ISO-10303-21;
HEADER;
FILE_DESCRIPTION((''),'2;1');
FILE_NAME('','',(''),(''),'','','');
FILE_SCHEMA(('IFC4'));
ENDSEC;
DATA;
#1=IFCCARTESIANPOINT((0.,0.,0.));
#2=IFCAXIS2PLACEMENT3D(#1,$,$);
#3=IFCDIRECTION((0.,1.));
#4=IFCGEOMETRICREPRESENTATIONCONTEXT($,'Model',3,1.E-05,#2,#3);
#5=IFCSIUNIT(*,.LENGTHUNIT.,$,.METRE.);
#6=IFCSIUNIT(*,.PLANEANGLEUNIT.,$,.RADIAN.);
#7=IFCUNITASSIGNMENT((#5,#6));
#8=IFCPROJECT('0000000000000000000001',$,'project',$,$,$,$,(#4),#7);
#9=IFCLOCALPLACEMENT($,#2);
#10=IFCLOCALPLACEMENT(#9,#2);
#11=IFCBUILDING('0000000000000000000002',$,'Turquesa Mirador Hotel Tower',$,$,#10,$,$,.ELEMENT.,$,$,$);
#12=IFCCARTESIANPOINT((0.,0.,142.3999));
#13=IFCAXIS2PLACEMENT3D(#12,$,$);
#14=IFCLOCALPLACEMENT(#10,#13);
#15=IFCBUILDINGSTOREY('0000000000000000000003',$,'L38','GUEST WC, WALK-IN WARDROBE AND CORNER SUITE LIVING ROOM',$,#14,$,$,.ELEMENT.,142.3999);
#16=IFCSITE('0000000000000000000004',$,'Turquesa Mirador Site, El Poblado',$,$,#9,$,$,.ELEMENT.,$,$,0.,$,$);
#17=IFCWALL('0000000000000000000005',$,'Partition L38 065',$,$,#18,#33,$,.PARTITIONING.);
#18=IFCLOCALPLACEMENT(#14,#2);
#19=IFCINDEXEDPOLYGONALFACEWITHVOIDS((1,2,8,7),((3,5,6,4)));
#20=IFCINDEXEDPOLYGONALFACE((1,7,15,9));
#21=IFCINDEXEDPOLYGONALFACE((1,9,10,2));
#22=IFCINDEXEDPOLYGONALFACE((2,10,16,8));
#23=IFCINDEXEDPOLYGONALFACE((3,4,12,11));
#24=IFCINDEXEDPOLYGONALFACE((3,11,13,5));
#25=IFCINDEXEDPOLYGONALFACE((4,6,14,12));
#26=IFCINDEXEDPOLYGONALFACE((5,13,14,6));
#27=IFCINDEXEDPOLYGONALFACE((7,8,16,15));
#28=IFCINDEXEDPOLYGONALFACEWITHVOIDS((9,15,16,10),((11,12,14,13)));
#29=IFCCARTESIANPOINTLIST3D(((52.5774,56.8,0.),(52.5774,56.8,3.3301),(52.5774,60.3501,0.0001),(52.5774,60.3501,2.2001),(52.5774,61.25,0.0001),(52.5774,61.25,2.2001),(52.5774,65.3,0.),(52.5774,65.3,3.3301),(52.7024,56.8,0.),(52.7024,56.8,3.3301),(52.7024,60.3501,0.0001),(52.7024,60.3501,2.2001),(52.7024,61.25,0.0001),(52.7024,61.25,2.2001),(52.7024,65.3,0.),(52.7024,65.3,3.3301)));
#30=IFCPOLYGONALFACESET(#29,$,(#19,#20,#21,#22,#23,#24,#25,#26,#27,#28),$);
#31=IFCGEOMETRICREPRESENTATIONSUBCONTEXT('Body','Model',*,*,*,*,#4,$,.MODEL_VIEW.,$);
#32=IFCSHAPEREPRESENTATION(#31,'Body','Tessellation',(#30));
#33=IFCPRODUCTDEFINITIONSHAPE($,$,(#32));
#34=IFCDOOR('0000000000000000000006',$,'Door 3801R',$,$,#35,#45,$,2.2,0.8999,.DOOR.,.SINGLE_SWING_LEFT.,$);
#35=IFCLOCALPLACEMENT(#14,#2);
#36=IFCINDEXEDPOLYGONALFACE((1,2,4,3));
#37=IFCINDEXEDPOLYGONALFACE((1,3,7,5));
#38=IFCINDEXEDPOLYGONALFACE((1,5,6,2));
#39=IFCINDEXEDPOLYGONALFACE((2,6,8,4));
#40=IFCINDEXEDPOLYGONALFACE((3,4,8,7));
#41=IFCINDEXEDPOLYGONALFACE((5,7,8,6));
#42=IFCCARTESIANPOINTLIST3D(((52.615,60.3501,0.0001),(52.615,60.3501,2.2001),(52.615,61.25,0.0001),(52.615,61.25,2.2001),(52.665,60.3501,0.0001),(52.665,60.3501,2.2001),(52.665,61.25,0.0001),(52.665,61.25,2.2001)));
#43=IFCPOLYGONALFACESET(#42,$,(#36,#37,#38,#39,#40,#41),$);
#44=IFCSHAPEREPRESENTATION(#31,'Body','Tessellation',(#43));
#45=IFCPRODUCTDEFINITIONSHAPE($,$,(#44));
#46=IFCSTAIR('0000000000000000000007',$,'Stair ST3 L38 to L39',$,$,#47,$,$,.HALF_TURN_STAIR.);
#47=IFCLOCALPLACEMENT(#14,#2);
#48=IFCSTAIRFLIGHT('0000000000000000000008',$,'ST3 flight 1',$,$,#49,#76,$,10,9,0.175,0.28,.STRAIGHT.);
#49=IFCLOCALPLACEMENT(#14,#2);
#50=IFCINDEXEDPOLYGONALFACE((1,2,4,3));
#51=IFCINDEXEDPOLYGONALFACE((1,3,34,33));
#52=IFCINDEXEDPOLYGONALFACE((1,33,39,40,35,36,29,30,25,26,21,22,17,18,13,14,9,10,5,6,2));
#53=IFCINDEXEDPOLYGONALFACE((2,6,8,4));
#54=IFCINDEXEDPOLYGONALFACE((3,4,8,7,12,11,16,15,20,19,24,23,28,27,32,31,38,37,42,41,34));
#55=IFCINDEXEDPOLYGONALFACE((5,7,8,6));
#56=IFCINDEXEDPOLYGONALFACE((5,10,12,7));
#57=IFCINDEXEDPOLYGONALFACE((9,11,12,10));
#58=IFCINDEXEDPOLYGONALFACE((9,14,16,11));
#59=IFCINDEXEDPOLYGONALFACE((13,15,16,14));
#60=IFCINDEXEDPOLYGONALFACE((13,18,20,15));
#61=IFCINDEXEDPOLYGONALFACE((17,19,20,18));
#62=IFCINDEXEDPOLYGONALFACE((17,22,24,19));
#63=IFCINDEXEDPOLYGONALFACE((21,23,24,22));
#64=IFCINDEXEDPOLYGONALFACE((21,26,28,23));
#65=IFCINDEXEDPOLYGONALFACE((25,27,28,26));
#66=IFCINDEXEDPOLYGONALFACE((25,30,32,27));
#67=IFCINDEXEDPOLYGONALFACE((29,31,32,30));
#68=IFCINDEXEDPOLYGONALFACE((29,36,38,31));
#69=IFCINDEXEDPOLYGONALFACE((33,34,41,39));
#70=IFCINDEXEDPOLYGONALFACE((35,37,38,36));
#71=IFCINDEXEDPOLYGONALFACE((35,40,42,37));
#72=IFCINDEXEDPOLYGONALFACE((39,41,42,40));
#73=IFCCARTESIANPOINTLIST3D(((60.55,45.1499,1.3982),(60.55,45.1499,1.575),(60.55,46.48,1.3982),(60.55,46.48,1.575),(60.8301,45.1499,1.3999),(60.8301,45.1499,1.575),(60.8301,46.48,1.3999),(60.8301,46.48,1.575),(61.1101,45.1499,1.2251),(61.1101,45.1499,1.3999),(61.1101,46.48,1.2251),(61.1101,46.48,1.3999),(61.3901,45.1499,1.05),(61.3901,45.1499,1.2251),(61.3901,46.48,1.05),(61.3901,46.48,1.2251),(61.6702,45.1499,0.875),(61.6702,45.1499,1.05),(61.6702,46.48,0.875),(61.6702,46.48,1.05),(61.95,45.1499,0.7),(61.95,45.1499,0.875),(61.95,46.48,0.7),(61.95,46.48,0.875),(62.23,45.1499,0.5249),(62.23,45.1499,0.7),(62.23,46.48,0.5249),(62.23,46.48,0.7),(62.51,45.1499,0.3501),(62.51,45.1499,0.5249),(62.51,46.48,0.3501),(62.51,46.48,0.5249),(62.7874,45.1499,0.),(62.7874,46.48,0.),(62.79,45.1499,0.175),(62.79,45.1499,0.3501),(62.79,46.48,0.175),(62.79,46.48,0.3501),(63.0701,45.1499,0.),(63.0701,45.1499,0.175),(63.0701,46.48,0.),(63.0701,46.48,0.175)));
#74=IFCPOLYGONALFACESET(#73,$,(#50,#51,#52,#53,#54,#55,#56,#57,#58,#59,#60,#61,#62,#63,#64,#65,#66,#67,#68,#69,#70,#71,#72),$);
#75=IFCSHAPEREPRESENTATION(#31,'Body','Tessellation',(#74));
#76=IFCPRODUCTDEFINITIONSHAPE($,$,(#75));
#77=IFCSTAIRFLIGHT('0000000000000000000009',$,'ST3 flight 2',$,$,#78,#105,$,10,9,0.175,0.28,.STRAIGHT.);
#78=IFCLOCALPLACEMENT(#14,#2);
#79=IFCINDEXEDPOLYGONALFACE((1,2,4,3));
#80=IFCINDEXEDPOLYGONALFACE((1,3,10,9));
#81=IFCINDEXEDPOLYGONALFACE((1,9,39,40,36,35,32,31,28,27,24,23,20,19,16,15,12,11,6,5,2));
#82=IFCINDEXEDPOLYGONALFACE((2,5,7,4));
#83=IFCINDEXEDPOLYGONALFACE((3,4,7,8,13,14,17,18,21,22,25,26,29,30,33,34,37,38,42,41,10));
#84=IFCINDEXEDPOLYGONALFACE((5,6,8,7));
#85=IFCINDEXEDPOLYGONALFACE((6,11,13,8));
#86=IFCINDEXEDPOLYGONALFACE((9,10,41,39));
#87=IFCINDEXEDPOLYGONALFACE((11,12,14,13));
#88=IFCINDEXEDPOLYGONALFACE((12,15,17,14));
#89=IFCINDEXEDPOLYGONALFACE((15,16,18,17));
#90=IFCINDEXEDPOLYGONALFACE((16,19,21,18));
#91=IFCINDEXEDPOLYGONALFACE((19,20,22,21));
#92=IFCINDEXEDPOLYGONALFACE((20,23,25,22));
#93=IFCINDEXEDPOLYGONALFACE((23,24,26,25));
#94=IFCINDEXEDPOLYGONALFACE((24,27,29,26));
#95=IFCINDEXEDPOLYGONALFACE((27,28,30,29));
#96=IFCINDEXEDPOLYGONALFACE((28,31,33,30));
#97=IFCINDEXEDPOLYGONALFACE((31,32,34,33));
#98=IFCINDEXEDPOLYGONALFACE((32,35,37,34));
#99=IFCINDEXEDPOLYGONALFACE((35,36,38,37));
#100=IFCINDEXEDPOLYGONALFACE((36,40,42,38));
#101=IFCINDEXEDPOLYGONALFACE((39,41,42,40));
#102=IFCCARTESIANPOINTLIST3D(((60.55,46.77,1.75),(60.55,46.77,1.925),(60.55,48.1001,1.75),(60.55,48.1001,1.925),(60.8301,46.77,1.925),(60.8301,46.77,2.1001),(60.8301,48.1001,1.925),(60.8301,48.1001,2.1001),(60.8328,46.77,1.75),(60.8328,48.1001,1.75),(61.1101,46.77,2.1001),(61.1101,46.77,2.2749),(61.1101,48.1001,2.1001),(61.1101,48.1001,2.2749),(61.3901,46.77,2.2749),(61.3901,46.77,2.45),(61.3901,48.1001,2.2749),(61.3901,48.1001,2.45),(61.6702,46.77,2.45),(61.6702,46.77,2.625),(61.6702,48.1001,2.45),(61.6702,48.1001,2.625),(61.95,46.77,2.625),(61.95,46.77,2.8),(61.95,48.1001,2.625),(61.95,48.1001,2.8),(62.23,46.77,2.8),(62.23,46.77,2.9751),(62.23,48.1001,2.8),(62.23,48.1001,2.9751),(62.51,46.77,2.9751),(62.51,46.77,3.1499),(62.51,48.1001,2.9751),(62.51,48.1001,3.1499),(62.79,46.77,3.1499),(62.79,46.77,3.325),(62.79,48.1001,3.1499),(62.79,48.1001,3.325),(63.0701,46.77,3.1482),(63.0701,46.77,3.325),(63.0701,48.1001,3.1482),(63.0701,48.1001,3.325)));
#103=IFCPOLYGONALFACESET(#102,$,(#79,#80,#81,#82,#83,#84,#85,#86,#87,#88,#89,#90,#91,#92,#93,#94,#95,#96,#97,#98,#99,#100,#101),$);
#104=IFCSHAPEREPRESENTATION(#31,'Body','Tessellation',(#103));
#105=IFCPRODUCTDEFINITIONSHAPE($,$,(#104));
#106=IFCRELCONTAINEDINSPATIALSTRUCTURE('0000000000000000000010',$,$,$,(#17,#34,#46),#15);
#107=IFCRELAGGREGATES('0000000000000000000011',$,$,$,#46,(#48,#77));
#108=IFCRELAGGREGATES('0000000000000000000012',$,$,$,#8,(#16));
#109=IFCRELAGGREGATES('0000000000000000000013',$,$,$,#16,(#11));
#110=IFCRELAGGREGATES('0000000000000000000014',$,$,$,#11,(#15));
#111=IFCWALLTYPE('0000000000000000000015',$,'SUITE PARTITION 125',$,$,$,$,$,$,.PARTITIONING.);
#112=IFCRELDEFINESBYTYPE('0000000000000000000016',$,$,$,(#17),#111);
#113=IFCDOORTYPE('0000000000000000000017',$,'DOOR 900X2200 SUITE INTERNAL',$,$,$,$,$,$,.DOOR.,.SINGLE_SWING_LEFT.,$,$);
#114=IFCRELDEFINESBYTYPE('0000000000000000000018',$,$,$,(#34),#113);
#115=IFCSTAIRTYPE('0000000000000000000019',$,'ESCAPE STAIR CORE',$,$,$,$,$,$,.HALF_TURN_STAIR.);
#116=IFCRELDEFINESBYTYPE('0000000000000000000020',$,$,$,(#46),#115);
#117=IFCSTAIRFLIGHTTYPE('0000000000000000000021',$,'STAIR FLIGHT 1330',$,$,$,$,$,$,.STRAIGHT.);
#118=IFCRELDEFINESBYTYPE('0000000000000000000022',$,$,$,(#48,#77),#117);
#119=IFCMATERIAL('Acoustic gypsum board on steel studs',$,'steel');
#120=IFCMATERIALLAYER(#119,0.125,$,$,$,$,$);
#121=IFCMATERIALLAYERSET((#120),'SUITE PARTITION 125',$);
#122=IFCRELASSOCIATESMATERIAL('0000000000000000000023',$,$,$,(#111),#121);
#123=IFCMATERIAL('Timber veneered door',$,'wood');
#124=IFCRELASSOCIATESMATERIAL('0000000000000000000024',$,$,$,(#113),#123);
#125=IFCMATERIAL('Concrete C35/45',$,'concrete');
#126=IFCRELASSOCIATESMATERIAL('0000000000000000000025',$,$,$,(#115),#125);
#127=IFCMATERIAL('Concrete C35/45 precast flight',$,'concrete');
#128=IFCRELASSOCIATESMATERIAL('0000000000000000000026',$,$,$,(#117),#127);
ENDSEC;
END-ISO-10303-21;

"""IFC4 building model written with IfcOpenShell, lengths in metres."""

from ifc_helpers import new_model, si_unit, direction, frame, frame_2d, origin, place, context, subcontext, project, spatial, polyline, rectangle, outline, extrude, material, layer, layer_set, type_object, element, fill, aggregate, save


model = new_model("IFC4")

# Units and contexts
model_context = context("Model", 3, precision=1e-05, world=origin(), true_north=direction((0.0, 1.0)))
body_context = subcontext(model_context, "Body", "Model", "MODEL_VIEW")
ifc_project = project(units=[si_unit("LENGTHUNIT", "METRE"), si_unit("PLANEANGLEUNIT", "RADIAN")], contexts=[model_context])

# Site, building, storey
site_placement = place(None, origin())
site = spatial("IfcSite", under=ifc_project, at=site_placement, Name="Turquesa Mirador Site, El Poblado", CompositionType="ELEMENT", RefElevation=0.0)
building_placement = place(site_placement, origin())
building = spatial("IfcBuilding", under=site, at=building_placement, Name="Turquesa Mirador Hotel Tower", CompositionType="ELEMENT")
storey_placement = place(building_placement, frame((0.0, 0.0, 142.3999)))
storey = spatial("IfcBuildingStorey", under=building, at=storey_placement, Name="L38", Description="GUEST WC, WALK-IN WARDROBE AND CORNER SUITE LIVING ROOM", CompositionType="ELEMENT", Elevation=142.3999)

# Wall, opening, door
ifc_material_1 = material(Name="Acoustic gypsum board on steel studs", Category="steel")
ifc_layer_1 = layer(ifc_material_1, 0.125)
ifc_layer_set_1 = layer_set([ifc_layer_1], Name="SUITE PARTITION 125")
wall_type_1 = type_object("IfcWallType", Name="SUITE PARTITION 125", PredefinedType="PARTITIONING", material=ifc_layer_set_1)
wall_1_placement = place(storey_placement, frame((52.6399, 56.8, 0.0), z_axis=(0.0, 0.0, 1.0), x_axis=(0.0, 1.0, 0.0)))
wall_1 = element("IfcWall", 1, at=wall_1_placement, inside=storey, type_object=wall_type_1, Name="Partition L38 065", PredefinedType="PARTITIONING", context=body_context, shape_type="SweptSolid", body=[
    extrude(rectangle(XDim=8.5, YDim=0.125, at=frame_2d((4.25, 0.0))), origin(), (0.0, 0.0, 1.0), 3.3301),
])
opening_1_placement = place(wall_1_placement, frame((3.55, 0.0, 0.0)))
opening_1 = element("IfcOpeningElement", 2, at=opening_1_placement, cuts=wall_1, PredefinedType="OPENING", context=body_context, shape_type="SweptSolid", body=[
    extrude(rectangle(XDim=0.8999, YDim=2.2, at=frame_2d((0.45, 1.1001))), frame((0.0, 0.0725, 0.0), z_axis=(0.0, -1.0, 0.0), x_axis=(1.0, 0.0, 0.0)), (0.0, 0.0, 1.0), 0.145),
])
ifc_material_2 = material(Name="Timber veneered door", Category="wood")
door_type_1 = type_object("IfcDoorType", Name="DOOR 900X2200 SUITE INTERNAL", OperationType="SINGLE_SWING_LEFT", PredefinedType="DOOR", material=ifc_material_2)
door_1_placement = place(opening_1_placement, origin())
door_1 = element("IfcDoor", 3, at=door_1_placement, inside=storey, type_object=door_type_1, Name="Door 3801R", OperationType="SINGLE_SWING_LEFT", OverallHeight=2.2, OverallWidth=0.8999, PredefinedType="DOOR", context=body_context, shape_type="SweptSolid", body=[
    extrude(rectangle(XDim=0.8999, YDim=2.2, at=frame_2d((0.45, 1.1001))), frame((0.0, 0.0249, 0.0), z_axis=(0.0, -1.0, 0.0), x_axis=(1.0, 0.0, 0.0)), (0.0, 0.0, 1.0), 0.05),
])
fill(opening_1, door_1)

# Stair, stair flights
ifc_material_3 = material(Name="Concrete C35/45", Category="concrete")
stair_type = type_object("IfcStairType", Name="ESCAPE STAIR CORE", PredefinedType="HALF_TURN_STAIR", material=ifc_material_3)
stair_placement = place(storey_placement, origin())
stair = element("IfcStair", 4, at=stair_placement, inside=storey, type_object=stair_type, Name="Stair ST3 L38 to L39", PredefinedType="HALF_TURN_STAIR")
ifc_material_4 = material(Name="Concrete C35/45 precast flight", Category="concrete")
stair_flight_type = type_object("IfcStairFlightType", Name="STAIR FLIGHT 1330", PredefinedType="STRAIGHT", material=ifc_material_4)
stair_flight_1_placement = place(storey_placement, frame((63.0701, 45.8149, 0.0), z_axis=(0.0, 0.0, 1.0), x_axis=(-1.0, 0.0, 0.0)))
stair_flight_1 = element("IfcStairFlight", 5, at=stair_flight_1_placement, type_object=stair_flight_type, Name="ST3 flight 1", NumberOfRisers=10, NumberOfTreads=9, PredefinedType="STRAIGHT", RiserHeight=0.175, TreadLength=0.28, context=body_context, shape_type="SweptSolid", body=[
    extrude(outline(polyline([(0.0, 0.0), (0.0, 0.175), (0.28, 0.175), (0.28, 0.3501), (0.5601, 0.3501), (0.5601, 0.5249), (0.8401, 0.5249), (0.8401, 0.7), (1.1201, 0.7), (1.1201, 0.875), (1.3999, 0.875), (1.3999, 1.05), (1.6799, 1.05), (1.6799, 1.2251), (1.96, 1.2251), (1.96, 1.3999), (2.24, 1.3999), (2.24, 1.575), (2.52, 1.575), (2.52, 1.75), (2.52, 1.3982), (0.2827, 0.0), (0.0, 0.0)])), frame((0.0, 0.665, 0.0), z_axis=(0.0, -1.0, 0.0), x_axis=(1.0, 0.0, 0.0)), (0.0, 0.0, 1.0), 1.3301),
])
stair_flight_2_placement = place(storey_placement, frame((60.55, 47.4351, 1.75), z_axis=(0.0, 0.0, 1.0), x_axis=(1.0, 0.0, 0.0)))
stair_flight_2 = element("IfcStairFlight", 6, at=stair_flight_2_placement, type_object=stair_flight_type, Name="ST3 flight 2", NumberOfRisers=10, NumberOfTreads=9, PredefinedType="STRAIGHT", RiserHeight=0.175, TreadLength=0.28, context=body_context, shape_type="SweptSolid", body=[
    extrude(outline(polyline([(0.0, 0.0), (0.0, 0.175), (0.28, 0.175), (0.28, 0.3501), (0.5601, 0.3501), (0.5601, 0.5249), (0.8401, 0.5249), (0.8401, 0.7), (1.1201, 0.7), (1.1201, 0.875), (1.3999, 0.875), (1.3999, 1.05), (1.6799, 1.05), (1.6799, 1.2251), (1.96, 1.2251), (1.96, 1.3999), (2.24, 1.3999), (2.24, 1.575), (2.52, 1.575), (2.52, 1.75), (2.52, 1.3982), (0.2827, 0.0), (0.0, 0.0)])), frame((0.0, 0.665, 0.0), z_axis=(0.0, -1.0, 0.0), x_axis=(1.0, 0.0, 0.0)), (0.0, 0.0, 1.0), 1.3301),
])
aggregate(stair, [stair_flight_1, stair_flight_2])

save(model, "model.ifc")
